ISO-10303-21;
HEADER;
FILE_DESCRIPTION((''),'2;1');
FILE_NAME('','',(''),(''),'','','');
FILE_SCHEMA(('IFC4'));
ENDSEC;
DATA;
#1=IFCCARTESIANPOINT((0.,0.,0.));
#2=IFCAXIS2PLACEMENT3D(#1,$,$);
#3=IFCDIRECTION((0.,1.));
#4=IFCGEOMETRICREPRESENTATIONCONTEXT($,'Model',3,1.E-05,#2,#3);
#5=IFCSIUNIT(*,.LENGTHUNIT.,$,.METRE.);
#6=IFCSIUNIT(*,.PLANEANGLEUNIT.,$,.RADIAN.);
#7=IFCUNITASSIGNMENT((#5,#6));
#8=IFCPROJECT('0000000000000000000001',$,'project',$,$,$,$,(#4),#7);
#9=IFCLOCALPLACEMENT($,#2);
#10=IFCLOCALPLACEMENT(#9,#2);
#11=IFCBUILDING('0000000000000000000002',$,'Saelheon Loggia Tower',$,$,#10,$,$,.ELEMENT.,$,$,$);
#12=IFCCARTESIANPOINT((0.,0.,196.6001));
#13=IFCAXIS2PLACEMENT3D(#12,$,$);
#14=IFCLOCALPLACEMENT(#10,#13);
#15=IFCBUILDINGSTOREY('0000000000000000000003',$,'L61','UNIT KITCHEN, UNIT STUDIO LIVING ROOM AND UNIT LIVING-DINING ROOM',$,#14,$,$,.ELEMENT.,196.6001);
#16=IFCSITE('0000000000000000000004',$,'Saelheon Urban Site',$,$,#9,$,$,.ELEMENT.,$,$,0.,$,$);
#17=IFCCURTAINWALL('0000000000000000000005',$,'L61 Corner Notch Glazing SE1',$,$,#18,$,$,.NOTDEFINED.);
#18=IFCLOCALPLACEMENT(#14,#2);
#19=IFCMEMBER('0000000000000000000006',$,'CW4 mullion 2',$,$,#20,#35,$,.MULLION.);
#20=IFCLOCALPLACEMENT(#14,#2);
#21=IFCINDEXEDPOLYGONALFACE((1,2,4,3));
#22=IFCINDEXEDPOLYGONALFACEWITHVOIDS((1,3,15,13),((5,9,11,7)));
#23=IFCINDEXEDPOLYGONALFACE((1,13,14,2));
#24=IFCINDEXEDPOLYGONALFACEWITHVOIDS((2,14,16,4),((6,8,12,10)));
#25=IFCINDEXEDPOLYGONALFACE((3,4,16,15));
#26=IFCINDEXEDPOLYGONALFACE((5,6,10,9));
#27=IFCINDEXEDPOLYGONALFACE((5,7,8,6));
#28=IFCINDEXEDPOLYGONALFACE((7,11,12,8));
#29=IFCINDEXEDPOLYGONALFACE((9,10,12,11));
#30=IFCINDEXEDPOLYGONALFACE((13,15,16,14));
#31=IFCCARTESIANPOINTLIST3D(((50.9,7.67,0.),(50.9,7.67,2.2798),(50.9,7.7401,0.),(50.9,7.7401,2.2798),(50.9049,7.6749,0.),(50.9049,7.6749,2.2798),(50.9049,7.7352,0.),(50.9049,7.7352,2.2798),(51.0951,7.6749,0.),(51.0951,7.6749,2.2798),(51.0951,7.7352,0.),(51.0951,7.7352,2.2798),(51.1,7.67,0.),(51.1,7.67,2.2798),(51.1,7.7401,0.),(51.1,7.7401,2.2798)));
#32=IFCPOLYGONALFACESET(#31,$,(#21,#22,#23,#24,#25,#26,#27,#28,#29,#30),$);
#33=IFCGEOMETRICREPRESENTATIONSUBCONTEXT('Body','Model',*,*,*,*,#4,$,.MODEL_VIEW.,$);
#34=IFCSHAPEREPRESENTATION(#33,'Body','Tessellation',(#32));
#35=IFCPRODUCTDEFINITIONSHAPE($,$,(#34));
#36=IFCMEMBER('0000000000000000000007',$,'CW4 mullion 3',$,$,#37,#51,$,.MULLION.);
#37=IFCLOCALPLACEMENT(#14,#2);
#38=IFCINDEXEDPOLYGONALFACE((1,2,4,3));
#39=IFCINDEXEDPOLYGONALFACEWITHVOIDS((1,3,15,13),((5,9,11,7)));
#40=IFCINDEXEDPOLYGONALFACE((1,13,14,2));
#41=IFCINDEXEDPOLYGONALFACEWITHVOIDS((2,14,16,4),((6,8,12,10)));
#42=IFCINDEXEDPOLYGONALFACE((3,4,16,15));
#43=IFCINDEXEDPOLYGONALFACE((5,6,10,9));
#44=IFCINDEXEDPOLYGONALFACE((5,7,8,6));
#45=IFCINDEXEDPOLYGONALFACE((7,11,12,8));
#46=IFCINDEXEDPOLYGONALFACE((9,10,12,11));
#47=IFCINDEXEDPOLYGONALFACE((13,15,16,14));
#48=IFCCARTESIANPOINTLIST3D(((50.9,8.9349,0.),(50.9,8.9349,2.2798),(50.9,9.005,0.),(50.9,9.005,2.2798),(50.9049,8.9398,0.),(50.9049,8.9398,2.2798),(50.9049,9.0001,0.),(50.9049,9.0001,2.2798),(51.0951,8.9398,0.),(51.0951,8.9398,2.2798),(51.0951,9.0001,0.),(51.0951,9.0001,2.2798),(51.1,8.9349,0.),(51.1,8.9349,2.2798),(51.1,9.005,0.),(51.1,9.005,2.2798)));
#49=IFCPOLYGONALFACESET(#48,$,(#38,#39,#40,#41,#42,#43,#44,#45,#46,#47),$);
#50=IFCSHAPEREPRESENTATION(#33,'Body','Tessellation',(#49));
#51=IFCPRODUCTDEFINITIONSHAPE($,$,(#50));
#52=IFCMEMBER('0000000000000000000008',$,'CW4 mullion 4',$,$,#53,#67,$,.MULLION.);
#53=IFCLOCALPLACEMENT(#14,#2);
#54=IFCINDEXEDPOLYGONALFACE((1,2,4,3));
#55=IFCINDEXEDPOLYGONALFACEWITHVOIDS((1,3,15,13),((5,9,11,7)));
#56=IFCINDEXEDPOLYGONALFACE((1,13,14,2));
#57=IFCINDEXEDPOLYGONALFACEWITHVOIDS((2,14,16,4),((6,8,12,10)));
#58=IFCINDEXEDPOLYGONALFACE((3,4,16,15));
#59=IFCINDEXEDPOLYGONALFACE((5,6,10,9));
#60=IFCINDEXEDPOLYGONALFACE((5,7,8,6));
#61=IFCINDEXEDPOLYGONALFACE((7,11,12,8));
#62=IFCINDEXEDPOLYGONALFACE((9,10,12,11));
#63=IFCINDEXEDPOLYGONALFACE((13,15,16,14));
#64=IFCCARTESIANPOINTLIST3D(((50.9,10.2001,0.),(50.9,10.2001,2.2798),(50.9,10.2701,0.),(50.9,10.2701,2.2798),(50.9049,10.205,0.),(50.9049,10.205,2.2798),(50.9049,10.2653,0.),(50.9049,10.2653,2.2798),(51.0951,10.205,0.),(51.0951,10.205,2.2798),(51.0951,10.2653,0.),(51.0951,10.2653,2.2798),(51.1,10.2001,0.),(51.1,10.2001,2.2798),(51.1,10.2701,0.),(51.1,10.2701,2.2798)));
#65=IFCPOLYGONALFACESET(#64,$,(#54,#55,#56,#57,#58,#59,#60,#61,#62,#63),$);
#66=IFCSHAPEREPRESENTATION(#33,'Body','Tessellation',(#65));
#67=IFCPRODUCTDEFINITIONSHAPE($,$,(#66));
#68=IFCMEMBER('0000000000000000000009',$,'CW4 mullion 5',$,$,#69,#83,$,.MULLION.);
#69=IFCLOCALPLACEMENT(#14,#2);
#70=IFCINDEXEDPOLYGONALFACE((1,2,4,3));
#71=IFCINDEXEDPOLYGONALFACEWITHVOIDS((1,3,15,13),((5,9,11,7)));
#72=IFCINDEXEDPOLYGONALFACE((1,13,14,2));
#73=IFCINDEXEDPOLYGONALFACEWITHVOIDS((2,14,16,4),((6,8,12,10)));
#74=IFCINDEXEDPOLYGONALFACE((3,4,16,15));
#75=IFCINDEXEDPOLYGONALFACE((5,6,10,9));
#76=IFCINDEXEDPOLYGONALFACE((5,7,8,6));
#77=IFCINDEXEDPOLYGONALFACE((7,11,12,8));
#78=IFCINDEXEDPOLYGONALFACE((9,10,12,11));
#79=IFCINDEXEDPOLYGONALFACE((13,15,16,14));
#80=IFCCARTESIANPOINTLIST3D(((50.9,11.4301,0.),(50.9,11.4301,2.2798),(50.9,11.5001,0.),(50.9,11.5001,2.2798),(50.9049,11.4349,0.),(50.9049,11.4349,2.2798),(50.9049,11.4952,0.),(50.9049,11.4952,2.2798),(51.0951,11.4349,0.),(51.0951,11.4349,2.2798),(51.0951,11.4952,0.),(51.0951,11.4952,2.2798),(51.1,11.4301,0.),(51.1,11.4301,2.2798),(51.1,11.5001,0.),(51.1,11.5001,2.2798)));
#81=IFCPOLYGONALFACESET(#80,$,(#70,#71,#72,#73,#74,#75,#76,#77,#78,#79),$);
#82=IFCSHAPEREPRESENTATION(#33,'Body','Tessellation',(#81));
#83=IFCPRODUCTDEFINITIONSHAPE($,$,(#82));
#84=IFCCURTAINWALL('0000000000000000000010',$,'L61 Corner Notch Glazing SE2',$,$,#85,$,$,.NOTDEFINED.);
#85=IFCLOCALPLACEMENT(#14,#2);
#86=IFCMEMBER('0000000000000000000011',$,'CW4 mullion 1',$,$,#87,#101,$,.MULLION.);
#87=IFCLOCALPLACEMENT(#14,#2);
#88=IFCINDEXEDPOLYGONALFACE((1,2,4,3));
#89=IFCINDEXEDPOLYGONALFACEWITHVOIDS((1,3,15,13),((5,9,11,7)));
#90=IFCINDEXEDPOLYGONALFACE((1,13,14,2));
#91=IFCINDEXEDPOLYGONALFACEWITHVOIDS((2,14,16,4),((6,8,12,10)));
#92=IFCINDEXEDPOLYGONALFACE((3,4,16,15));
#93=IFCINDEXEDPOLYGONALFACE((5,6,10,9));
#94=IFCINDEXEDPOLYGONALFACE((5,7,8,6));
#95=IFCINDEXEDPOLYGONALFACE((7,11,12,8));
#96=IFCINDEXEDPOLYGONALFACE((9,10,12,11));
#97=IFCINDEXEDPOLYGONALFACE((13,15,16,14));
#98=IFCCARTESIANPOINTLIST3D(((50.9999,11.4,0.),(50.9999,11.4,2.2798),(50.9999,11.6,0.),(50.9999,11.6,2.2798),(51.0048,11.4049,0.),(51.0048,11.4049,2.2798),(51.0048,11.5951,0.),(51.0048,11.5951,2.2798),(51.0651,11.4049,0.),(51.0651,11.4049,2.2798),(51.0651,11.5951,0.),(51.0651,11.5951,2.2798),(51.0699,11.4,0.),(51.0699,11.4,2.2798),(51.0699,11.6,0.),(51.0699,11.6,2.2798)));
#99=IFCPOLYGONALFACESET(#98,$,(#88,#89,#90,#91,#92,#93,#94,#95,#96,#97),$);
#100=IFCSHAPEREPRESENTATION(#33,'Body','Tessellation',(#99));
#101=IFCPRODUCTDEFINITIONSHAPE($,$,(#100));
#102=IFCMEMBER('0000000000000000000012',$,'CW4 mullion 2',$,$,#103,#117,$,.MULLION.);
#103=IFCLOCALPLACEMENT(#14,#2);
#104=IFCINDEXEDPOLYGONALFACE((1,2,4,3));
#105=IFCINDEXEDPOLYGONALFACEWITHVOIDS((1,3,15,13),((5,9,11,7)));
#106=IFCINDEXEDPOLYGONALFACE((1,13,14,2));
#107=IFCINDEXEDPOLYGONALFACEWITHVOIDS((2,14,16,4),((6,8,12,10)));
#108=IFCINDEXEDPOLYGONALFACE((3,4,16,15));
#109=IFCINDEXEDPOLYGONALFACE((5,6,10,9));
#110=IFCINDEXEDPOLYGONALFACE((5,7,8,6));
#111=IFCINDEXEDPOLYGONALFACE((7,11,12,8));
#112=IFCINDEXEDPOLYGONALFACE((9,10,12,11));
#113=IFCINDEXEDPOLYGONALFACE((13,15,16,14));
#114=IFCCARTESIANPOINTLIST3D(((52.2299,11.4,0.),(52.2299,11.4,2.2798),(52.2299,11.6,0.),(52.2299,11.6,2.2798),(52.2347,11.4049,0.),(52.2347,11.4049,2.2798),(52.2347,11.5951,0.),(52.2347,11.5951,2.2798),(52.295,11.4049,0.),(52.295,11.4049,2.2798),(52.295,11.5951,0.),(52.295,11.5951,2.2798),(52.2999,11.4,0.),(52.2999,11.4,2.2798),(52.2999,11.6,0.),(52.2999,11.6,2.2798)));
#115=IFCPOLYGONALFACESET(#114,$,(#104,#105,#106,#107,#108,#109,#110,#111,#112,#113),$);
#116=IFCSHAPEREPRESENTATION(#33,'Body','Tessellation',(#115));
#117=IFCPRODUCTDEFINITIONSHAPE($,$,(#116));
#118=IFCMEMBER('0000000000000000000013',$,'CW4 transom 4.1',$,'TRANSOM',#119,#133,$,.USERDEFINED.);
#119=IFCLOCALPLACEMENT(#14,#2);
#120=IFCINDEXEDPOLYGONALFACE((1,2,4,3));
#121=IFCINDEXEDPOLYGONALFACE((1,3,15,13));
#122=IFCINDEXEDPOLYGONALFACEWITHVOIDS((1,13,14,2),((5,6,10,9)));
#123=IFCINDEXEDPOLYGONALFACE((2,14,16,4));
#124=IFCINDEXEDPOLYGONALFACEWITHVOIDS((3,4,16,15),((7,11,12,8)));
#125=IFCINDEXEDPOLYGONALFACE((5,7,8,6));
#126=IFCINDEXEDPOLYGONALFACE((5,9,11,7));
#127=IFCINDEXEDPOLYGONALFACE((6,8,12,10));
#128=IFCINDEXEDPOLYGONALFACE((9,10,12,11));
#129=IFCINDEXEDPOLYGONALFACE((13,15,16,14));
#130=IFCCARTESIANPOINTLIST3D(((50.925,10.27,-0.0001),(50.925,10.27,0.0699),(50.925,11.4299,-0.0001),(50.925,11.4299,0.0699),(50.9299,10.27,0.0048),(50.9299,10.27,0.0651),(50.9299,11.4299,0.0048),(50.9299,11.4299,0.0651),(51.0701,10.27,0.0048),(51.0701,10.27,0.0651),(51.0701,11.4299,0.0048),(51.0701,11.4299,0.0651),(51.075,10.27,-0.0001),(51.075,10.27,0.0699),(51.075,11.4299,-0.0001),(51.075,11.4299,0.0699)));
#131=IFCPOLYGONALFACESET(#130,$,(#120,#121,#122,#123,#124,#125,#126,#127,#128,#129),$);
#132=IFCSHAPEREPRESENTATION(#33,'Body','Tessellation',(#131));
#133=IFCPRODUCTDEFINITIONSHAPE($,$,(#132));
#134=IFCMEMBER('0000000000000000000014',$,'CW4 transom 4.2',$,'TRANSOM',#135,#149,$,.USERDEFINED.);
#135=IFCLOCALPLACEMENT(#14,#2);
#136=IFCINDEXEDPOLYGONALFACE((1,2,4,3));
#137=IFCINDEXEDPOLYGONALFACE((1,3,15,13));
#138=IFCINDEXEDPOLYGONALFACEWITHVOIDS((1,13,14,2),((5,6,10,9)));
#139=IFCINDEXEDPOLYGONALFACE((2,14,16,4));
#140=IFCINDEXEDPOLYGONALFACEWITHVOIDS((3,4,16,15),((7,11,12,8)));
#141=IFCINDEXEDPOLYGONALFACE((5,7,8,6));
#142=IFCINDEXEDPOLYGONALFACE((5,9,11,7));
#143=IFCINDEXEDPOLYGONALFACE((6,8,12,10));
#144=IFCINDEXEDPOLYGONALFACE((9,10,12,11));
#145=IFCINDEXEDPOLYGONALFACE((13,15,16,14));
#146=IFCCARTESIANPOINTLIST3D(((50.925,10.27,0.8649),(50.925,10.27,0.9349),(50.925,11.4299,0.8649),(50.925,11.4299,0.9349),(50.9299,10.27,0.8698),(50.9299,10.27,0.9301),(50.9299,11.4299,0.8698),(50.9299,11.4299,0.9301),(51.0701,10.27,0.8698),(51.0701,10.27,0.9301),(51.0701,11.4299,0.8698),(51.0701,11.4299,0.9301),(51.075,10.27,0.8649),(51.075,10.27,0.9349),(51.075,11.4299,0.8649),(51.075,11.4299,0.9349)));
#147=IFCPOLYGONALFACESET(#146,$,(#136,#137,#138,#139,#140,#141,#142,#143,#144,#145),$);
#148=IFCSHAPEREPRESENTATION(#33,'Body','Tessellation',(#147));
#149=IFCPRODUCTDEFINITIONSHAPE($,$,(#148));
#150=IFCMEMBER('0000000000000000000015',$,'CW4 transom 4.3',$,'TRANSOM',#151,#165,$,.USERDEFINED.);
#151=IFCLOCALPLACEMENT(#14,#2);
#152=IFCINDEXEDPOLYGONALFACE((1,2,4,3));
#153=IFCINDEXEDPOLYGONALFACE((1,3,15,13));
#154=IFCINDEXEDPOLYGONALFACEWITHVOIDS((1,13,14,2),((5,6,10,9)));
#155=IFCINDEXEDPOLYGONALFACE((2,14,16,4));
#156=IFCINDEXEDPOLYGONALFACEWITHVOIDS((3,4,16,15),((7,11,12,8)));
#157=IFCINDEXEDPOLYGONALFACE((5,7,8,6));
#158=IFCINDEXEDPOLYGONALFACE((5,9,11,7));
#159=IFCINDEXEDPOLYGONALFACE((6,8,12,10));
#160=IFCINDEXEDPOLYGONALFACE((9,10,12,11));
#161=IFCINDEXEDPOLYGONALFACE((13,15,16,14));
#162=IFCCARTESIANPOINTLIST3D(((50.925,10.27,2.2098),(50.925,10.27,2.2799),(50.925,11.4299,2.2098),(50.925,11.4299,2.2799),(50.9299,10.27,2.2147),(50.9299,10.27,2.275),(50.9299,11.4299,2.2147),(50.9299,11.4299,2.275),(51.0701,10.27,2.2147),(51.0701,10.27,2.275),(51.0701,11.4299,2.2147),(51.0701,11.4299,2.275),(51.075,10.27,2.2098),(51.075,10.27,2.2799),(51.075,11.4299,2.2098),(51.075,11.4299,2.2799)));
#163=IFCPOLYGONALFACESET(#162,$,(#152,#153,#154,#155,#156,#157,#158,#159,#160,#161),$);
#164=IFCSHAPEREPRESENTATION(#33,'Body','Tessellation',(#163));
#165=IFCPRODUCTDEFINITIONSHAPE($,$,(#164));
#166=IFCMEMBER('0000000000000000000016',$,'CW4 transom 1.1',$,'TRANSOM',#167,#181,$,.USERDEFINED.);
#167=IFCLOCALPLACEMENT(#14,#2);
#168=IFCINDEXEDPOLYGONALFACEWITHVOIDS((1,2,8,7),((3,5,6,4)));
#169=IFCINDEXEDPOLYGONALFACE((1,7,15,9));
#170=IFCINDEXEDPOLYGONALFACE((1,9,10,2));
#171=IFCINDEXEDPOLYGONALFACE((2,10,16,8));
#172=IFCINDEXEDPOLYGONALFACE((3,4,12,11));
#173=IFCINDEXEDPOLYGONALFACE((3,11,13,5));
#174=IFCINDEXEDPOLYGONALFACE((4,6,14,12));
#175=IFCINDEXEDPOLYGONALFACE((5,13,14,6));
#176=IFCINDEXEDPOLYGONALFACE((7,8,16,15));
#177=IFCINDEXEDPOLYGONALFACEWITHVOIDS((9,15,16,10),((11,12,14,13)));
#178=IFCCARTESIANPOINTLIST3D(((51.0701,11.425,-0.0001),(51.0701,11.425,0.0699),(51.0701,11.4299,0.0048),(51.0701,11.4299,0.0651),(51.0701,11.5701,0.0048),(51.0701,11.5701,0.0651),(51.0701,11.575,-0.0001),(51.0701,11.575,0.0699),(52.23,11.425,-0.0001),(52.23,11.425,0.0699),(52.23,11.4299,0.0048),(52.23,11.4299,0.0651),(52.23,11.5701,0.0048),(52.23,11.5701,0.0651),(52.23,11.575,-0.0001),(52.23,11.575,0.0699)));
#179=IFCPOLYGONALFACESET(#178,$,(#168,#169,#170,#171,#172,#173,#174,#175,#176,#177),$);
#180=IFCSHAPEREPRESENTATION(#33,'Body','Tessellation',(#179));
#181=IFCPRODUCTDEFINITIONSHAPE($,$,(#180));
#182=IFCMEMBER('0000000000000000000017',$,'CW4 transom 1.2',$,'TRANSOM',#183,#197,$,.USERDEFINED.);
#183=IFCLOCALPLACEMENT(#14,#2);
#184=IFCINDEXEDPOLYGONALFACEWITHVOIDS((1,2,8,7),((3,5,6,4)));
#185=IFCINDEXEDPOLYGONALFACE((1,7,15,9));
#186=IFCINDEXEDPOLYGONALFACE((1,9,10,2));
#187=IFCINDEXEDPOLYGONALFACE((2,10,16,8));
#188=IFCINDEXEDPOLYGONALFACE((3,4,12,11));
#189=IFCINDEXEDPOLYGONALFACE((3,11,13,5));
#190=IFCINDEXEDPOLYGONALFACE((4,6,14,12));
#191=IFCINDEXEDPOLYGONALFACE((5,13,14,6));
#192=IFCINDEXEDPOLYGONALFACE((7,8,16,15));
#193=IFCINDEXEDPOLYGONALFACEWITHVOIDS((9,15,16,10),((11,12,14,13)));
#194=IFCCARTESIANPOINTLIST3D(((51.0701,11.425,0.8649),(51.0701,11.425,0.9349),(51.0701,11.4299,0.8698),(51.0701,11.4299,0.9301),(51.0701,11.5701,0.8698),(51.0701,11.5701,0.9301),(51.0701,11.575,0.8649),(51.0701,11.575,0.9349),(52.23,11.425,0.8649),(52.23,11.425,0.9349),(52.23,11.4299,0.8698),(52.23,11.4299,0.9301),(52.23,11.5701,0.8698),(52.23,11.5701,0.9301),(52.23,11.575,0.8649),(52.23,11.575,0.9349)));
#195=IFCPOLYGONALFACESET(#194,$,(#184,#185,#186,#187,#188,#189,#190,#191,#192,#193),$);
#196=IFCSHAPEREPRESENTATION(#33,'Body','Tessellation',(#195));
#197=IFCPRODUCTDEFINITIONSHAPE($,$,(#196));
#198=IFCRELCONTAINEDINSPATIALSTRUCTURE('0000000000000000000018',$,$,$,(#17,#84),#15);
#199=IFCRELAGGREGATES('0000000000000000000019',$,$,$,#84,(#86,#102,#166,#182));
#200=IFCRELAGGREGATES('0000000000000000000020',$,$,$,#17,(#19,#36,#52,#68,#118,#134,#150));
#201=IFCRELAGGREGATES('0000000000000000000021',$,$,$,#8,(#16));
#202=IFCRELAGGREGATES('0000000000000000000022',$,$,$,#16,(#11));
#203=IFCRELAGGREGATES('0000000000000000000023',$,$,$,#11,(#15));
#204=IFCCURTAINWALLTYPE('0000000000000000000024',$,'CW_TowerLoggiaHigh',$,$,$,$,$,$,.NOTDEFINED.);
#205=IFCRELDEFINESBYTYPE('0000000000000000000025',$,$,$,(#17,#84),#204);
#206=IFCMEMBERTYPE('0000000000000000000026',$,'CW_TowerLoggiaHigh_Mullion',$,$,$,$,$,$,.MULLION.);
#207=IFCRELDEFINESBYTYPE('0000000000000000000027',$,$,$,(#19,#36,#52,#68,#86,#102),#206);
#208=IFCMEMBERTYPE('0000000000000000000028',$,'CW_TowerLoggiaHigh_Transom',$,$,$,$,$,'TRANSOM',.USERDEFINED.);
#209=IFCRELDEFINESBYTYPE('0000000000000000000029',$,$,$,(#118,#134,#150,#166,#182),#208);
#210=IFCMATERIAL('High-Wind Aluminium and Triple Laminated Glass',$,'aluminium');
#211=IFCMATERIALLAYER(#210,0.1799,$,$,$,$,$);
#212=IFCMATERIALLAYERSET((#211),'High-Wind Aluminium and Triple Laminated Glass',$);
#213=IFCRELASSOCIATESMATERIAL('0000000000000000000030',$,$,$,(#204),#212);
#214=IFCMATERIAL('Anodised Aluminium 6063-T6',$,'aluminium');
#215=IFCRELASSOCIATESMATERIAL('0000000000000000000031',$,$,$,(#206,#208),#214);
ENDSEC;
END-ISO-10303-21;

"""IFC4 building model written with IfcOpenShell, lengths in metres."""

from ifc_helpers import new_model, si_unit, direction, frame, origin, origin_2d, place, context, subcontext, project, spatial, hollow_rectangle, extrude, source, transform, mapped, material, layer, layer_set, material_profile, profile_set, type_object, element, aggregate, save


model = new_model("IFC4")

# Units and contexts
model_context = context("Model", 3, precision=1e-05, world=origin(), true_north=direction((0.0, 1.0)))
body_context = subcontext(model_context, "Body", "Model", "MODEL_VIEW")
ifc_project = project(units=[si_unit("LENGTHUNIT", "METRE"), si_unit("PLANEANGLEUNIT", "RADIAN")], contexts=[model_context])

# Site, building, storey
site_placement = place(None, origin())
site = spatial("IfcSite", under=ifc_project, at=site_placement, Name="Saelheon Urban Site", CompositionType="ELEMENT", RefElevation=0.0)
building_placement = place(site_placement, origin())
building = spatial("IfcBuilding", under=site, at=building_placement, Name="Saelheon Loggia Tower", CompositionType="ELEMENT")
storey_placement = place(building_placement, frame((0.0, 0.0, 196.6001)))
storey = spatial("IfcBuildingStorey", under=building, at=storey_placement, Name="L61", Description="UNIT KITCHEN, UNIT STUDIO LIVING ROOM AND UNIT LIVING-DINING ROOM", CompositionType="ELEMENT", Elevation=196.6001)

# Curtain walls, members
ifc_material_1 = material(Name="High-Wind Aluminium and Triple Laminated Glass", Category="aluminium")
ifc_layer_1 = layer(ifc_material_1, 0.1799)
ifc_layer_set_1 = layer_set([ifc_layer_1], Name="High-Wind Aluminium and Triple Laminated Glass")
curtain_wall_type = type_object("IfcCurtainWallType", Name="CW_TowerLoggiaHigh", PredefinedType="NOTDEFINED", material=ifc_layer_set_1)
curtain_wall_1_placement = place(storey_placement, origin())
curtain_wall_1 = element("IfcCurtainWall", 1, at=curtain_wall_1_placement, inside=storey, type_object=curtain_wall_type, Name="L61 Corner Notch Glazing SE1", PredefinedType="NOTDEFINED")
ifc_material_2 = material(Name="Anodised Aluminium 6063-T6", Category="aluminium")
ifc_material_profile_1 = material_profile(ifc_material_2, hollow_rectangle(XDim=0.0701, YDim=0.2, WallThickness=0.0049, at=origin_2d()), Name="RHS-200x70x5")
ifc_profile_set_1 = profile_set([ifc_material_profile_1], Name="Anodised Aluminium 6063-T6")
member_type_1 = type_object("IfcMemberType", Name="CW_TowerLoggiaHigh_Mullion", PredefinedType="MULLION", material=ifc_profile_set_1)
shared_shape_1 = source(origin(), body_context, "Body", "SweptSolid", [
    extrude(hollow_rectangle(XDim=0.0701, YDim=0.2, WallThickness=0.0049, at=origin_2d()), origin(), (0.0, 0.0, 1.0), 2.2798),
])
member_1_placement = place(storey_placement, frame((51.0, 7.7051, 0.0), z_axis=(0.0, 0.0, 1.0), x_axis=(0.0, 1.0, 0.0)))
member_1 = element("IfcMember", 2, at=member_1_placement, type_object=member_type_1, Name="CW4 mullion 2", PredefinedType="MULLION", context=body_context, shape_type="MappedRepresentation", body=[
    mapped(shared_shape_1, transform((0.0, 0.0, 0.0), scale=1.0)),
])
member_2_placement = place(storey_placement, frame((51.0, 8.97, 0.0), z_axis=(0.0, 0.0, 1.0), x_axis=(0.0, 1.0, 0.0)))
member_2 = element("IfcMember", 3, at=member_2_placement, type_object=member_type_1, Name="CW4 mullion 3", PredefinedType="MULLION", context=body_context, shape_type="MappedRepresentation", body=[
    mapped(shared_shape_1, transform((0.0, 0.0, 0.0), scale=1.0)),
])
member_3_placement = place(storey_placement, frame((51.0, 10.2351, 0.0), z_axis=(0.0, 0.0, 1.0), x_axis=(0.0, 1.0, 0.0)))
member_3 = element("IfcMember", 4, at=member_3_placement, type_object=member_type_1, Name="CW4 mullion 4", PredefinedType="MULLION", context=body_context, shape_type="MappedRepresentation", body=[
    mapped(shared_shape_1, transform((0.0, 0.0, 0.0), scale=1.0)),
])
member_4_placement = place(storey_placement, frame((51.0, 11.4651, 0.0), z_axis=(0.0, 0.0, 1.0), x_axis=(0.0, 1.0, 0.0)))
member_4 = element("IfcMember", 5, at=member_4_placement, type_object=member_type_1, Name="CW4 mullion 5", PredefinedType="MULLION", context=body_context, shape_type="MappedRepresentation", body=[
    mapped(shared_shape_1, transform((0.0, 0.0, 0.0), scale=1.0)),
])
curtain_wall_2_placement = place(storey_placement, origin())
curtain_wall_2 = element("IfcCurtainWall", 6, at=curtain_wall_2_placement, inside=storey, type_object=curtain_wall_type, Name="L61 Corner Notch Glazing SE2", PredefinedType="NOTDEFINED")
member_5_placement = place(storey_placement, frame((51.0349, 11.5, 0.0), z_axis=(0.0, 0.0, 1.0), x_axis=(1.0, 0.0, 0.0)))
member_5 = element("IfcMember", 7, at=member_5_placement, type_object=member_type_1, Name="CW4 mullion 1", PredefinedType="MULLION", context=body_context, shape_type="MappedRepresentation", body=[
    mapped(shared_shape_1, transform((0.0, 0.0, 0.0), scale=1.0)),
])
member_6_placement = place(storey_placement, frame((52.2649, 11.5, 0.0), z_axis=(0.0, 0.0, 1.0), x_axis=(1.0, 0.0, 0.0)))
member_6 = element("IfcMember", 8, at=member_6_placement, type_object=member_type_1, Name="CW4 mullion 2", PredefinedType="MULLION", context=body_context, shape_type="MappedRepresentation", body=[
    mapped(shared_shape_1, transform((0.0, 0.0, 0.0), scale=1.0)),
])

# Members
ifc_material_profile_2 = material_profile(ifc_material_2, hollow_rectangle(XDim=0.0701, YDim=0.1499, WallThickness=0.0049, at=origin_2d()), Name="RHS-150x70x5")
ifc_profile_set_2 = profile_set([ifc_material_profile_2], Name="Anodised Aluminium 6063-T6")
member_type_2 = type_object("IfcMemberType", Name="CW_TowerLoggiaHigh_Transom", ElementType="TRANSOM", PredefinedType="USERDEFINED", material=ifc_profile_set_2)
shared_shape_2 = source(origin(), body_context, "Body", "SweptSolid", [
    extrude(hollow_rectangle(XDim=0.0701, YDim=0.1499, WallThickness=0.0049, at=origin_2d()), origin(), (0.0, 0.0, 1.0), 1.1599),
])
member_7_placement = place(storey_placement, frame((51.0, 10.27, 0.0349), z_axis=(0.0, 1.0, 0.0), x_axis=(0.0, 0.0, 1.0)))
member_7 = element("IfcMember", 9, at=member_7_placement, type_object=member_type_2, Name="CW4 transom 4.1", ObjectType="TRANSOM", PredefinedType="USERDEFINED", context=body_context, shape_type="MappedRepresentation", body=[
    mapped(shared_shape_2, transform((0.0, 0.0, 0.0), scale=1.0)),
])
member_8_placement = place(storey_placement, frame((51.0, 10.27, 0.8999), z_axis=(0.0, 1.0, 0.0), x_axis=(0.0, 0.0, 1.0)))
member_8 = element("IfcMember", 10, at=member_8_placement, type_object=member_type_2, Name="CW4 transom 4.2", ObjectType="TRANSOM", PredefinedType="USERDEFINED", context=body_context, shape_type="MappedRepresentation", body=[
    mapped(shared_shape_2, transform((0.0, 0.0, 0.0), scale=1.0)),
])
member_9_placement = place(storey_placement, frame((51.0, 10.27, 2.2449), z_axis=(0.0, 1.0, 0.0), x_axis=(0.0, 0.0, 1.0)))
member_9 = element("IfcMember", 11, at=member_9_placement, type_object=member_type_2, Name="CW4 transom 4.3", ObjectType="TRANSOM", PredefinedType="USERDEFINED", context=body_context, shape_type="MappedRepresentation", body=[
    mapped(shared_shape_2, transform((0.0, 0.0, 0.0), scale=1.0)),
])
member_10_placement = place(storey_placement, frame((51.0701, 11.5, 0.0349), z_axis=(1.0, 0.0, 0.0), x_axis=(0.0, 0.0, 1.0)))
member_10 = element("IfcMember", 12, at=member_10_placement, type_object=member_type_2, Name="CW4 transom 1.1", ObjectType="TRANSOM", PredefinedType="USERDEFINED", context=body_context, shape_type="MappedRepresentation", body=[
    mapped(shared_shape_2, transform((0.0, 0.0, 0.0), scale=1.0)),
])
member_11_placement = place(storey_placement, frame((51.0701, 11.5, 0.8999), z_axis=(1.0, 0.0, 0.0), x_axis=(0.0, 0.0, 1.0)))
member_11 = element("IfcMember", 13, at=member_11_placement, type_object=member_type_2, Name="CW4 transom 1.2", ObjectType="TRANSOM", PredefinedType="USERDEFINED", context=body_context, shape_type="MappedRepresentation", body=[
    mapped(shared_shape_2, transform((0.0, 0.0, 0.0), scale=1.0)),
])

aggregate(curtain_wall_2, [member_5, member_6, member_10, member_11])
aggregate(curtain_wall_1, [member_1, member_2, member_3, member_4, member_7, member_8, member_9])

save(model, "model.ifc")
